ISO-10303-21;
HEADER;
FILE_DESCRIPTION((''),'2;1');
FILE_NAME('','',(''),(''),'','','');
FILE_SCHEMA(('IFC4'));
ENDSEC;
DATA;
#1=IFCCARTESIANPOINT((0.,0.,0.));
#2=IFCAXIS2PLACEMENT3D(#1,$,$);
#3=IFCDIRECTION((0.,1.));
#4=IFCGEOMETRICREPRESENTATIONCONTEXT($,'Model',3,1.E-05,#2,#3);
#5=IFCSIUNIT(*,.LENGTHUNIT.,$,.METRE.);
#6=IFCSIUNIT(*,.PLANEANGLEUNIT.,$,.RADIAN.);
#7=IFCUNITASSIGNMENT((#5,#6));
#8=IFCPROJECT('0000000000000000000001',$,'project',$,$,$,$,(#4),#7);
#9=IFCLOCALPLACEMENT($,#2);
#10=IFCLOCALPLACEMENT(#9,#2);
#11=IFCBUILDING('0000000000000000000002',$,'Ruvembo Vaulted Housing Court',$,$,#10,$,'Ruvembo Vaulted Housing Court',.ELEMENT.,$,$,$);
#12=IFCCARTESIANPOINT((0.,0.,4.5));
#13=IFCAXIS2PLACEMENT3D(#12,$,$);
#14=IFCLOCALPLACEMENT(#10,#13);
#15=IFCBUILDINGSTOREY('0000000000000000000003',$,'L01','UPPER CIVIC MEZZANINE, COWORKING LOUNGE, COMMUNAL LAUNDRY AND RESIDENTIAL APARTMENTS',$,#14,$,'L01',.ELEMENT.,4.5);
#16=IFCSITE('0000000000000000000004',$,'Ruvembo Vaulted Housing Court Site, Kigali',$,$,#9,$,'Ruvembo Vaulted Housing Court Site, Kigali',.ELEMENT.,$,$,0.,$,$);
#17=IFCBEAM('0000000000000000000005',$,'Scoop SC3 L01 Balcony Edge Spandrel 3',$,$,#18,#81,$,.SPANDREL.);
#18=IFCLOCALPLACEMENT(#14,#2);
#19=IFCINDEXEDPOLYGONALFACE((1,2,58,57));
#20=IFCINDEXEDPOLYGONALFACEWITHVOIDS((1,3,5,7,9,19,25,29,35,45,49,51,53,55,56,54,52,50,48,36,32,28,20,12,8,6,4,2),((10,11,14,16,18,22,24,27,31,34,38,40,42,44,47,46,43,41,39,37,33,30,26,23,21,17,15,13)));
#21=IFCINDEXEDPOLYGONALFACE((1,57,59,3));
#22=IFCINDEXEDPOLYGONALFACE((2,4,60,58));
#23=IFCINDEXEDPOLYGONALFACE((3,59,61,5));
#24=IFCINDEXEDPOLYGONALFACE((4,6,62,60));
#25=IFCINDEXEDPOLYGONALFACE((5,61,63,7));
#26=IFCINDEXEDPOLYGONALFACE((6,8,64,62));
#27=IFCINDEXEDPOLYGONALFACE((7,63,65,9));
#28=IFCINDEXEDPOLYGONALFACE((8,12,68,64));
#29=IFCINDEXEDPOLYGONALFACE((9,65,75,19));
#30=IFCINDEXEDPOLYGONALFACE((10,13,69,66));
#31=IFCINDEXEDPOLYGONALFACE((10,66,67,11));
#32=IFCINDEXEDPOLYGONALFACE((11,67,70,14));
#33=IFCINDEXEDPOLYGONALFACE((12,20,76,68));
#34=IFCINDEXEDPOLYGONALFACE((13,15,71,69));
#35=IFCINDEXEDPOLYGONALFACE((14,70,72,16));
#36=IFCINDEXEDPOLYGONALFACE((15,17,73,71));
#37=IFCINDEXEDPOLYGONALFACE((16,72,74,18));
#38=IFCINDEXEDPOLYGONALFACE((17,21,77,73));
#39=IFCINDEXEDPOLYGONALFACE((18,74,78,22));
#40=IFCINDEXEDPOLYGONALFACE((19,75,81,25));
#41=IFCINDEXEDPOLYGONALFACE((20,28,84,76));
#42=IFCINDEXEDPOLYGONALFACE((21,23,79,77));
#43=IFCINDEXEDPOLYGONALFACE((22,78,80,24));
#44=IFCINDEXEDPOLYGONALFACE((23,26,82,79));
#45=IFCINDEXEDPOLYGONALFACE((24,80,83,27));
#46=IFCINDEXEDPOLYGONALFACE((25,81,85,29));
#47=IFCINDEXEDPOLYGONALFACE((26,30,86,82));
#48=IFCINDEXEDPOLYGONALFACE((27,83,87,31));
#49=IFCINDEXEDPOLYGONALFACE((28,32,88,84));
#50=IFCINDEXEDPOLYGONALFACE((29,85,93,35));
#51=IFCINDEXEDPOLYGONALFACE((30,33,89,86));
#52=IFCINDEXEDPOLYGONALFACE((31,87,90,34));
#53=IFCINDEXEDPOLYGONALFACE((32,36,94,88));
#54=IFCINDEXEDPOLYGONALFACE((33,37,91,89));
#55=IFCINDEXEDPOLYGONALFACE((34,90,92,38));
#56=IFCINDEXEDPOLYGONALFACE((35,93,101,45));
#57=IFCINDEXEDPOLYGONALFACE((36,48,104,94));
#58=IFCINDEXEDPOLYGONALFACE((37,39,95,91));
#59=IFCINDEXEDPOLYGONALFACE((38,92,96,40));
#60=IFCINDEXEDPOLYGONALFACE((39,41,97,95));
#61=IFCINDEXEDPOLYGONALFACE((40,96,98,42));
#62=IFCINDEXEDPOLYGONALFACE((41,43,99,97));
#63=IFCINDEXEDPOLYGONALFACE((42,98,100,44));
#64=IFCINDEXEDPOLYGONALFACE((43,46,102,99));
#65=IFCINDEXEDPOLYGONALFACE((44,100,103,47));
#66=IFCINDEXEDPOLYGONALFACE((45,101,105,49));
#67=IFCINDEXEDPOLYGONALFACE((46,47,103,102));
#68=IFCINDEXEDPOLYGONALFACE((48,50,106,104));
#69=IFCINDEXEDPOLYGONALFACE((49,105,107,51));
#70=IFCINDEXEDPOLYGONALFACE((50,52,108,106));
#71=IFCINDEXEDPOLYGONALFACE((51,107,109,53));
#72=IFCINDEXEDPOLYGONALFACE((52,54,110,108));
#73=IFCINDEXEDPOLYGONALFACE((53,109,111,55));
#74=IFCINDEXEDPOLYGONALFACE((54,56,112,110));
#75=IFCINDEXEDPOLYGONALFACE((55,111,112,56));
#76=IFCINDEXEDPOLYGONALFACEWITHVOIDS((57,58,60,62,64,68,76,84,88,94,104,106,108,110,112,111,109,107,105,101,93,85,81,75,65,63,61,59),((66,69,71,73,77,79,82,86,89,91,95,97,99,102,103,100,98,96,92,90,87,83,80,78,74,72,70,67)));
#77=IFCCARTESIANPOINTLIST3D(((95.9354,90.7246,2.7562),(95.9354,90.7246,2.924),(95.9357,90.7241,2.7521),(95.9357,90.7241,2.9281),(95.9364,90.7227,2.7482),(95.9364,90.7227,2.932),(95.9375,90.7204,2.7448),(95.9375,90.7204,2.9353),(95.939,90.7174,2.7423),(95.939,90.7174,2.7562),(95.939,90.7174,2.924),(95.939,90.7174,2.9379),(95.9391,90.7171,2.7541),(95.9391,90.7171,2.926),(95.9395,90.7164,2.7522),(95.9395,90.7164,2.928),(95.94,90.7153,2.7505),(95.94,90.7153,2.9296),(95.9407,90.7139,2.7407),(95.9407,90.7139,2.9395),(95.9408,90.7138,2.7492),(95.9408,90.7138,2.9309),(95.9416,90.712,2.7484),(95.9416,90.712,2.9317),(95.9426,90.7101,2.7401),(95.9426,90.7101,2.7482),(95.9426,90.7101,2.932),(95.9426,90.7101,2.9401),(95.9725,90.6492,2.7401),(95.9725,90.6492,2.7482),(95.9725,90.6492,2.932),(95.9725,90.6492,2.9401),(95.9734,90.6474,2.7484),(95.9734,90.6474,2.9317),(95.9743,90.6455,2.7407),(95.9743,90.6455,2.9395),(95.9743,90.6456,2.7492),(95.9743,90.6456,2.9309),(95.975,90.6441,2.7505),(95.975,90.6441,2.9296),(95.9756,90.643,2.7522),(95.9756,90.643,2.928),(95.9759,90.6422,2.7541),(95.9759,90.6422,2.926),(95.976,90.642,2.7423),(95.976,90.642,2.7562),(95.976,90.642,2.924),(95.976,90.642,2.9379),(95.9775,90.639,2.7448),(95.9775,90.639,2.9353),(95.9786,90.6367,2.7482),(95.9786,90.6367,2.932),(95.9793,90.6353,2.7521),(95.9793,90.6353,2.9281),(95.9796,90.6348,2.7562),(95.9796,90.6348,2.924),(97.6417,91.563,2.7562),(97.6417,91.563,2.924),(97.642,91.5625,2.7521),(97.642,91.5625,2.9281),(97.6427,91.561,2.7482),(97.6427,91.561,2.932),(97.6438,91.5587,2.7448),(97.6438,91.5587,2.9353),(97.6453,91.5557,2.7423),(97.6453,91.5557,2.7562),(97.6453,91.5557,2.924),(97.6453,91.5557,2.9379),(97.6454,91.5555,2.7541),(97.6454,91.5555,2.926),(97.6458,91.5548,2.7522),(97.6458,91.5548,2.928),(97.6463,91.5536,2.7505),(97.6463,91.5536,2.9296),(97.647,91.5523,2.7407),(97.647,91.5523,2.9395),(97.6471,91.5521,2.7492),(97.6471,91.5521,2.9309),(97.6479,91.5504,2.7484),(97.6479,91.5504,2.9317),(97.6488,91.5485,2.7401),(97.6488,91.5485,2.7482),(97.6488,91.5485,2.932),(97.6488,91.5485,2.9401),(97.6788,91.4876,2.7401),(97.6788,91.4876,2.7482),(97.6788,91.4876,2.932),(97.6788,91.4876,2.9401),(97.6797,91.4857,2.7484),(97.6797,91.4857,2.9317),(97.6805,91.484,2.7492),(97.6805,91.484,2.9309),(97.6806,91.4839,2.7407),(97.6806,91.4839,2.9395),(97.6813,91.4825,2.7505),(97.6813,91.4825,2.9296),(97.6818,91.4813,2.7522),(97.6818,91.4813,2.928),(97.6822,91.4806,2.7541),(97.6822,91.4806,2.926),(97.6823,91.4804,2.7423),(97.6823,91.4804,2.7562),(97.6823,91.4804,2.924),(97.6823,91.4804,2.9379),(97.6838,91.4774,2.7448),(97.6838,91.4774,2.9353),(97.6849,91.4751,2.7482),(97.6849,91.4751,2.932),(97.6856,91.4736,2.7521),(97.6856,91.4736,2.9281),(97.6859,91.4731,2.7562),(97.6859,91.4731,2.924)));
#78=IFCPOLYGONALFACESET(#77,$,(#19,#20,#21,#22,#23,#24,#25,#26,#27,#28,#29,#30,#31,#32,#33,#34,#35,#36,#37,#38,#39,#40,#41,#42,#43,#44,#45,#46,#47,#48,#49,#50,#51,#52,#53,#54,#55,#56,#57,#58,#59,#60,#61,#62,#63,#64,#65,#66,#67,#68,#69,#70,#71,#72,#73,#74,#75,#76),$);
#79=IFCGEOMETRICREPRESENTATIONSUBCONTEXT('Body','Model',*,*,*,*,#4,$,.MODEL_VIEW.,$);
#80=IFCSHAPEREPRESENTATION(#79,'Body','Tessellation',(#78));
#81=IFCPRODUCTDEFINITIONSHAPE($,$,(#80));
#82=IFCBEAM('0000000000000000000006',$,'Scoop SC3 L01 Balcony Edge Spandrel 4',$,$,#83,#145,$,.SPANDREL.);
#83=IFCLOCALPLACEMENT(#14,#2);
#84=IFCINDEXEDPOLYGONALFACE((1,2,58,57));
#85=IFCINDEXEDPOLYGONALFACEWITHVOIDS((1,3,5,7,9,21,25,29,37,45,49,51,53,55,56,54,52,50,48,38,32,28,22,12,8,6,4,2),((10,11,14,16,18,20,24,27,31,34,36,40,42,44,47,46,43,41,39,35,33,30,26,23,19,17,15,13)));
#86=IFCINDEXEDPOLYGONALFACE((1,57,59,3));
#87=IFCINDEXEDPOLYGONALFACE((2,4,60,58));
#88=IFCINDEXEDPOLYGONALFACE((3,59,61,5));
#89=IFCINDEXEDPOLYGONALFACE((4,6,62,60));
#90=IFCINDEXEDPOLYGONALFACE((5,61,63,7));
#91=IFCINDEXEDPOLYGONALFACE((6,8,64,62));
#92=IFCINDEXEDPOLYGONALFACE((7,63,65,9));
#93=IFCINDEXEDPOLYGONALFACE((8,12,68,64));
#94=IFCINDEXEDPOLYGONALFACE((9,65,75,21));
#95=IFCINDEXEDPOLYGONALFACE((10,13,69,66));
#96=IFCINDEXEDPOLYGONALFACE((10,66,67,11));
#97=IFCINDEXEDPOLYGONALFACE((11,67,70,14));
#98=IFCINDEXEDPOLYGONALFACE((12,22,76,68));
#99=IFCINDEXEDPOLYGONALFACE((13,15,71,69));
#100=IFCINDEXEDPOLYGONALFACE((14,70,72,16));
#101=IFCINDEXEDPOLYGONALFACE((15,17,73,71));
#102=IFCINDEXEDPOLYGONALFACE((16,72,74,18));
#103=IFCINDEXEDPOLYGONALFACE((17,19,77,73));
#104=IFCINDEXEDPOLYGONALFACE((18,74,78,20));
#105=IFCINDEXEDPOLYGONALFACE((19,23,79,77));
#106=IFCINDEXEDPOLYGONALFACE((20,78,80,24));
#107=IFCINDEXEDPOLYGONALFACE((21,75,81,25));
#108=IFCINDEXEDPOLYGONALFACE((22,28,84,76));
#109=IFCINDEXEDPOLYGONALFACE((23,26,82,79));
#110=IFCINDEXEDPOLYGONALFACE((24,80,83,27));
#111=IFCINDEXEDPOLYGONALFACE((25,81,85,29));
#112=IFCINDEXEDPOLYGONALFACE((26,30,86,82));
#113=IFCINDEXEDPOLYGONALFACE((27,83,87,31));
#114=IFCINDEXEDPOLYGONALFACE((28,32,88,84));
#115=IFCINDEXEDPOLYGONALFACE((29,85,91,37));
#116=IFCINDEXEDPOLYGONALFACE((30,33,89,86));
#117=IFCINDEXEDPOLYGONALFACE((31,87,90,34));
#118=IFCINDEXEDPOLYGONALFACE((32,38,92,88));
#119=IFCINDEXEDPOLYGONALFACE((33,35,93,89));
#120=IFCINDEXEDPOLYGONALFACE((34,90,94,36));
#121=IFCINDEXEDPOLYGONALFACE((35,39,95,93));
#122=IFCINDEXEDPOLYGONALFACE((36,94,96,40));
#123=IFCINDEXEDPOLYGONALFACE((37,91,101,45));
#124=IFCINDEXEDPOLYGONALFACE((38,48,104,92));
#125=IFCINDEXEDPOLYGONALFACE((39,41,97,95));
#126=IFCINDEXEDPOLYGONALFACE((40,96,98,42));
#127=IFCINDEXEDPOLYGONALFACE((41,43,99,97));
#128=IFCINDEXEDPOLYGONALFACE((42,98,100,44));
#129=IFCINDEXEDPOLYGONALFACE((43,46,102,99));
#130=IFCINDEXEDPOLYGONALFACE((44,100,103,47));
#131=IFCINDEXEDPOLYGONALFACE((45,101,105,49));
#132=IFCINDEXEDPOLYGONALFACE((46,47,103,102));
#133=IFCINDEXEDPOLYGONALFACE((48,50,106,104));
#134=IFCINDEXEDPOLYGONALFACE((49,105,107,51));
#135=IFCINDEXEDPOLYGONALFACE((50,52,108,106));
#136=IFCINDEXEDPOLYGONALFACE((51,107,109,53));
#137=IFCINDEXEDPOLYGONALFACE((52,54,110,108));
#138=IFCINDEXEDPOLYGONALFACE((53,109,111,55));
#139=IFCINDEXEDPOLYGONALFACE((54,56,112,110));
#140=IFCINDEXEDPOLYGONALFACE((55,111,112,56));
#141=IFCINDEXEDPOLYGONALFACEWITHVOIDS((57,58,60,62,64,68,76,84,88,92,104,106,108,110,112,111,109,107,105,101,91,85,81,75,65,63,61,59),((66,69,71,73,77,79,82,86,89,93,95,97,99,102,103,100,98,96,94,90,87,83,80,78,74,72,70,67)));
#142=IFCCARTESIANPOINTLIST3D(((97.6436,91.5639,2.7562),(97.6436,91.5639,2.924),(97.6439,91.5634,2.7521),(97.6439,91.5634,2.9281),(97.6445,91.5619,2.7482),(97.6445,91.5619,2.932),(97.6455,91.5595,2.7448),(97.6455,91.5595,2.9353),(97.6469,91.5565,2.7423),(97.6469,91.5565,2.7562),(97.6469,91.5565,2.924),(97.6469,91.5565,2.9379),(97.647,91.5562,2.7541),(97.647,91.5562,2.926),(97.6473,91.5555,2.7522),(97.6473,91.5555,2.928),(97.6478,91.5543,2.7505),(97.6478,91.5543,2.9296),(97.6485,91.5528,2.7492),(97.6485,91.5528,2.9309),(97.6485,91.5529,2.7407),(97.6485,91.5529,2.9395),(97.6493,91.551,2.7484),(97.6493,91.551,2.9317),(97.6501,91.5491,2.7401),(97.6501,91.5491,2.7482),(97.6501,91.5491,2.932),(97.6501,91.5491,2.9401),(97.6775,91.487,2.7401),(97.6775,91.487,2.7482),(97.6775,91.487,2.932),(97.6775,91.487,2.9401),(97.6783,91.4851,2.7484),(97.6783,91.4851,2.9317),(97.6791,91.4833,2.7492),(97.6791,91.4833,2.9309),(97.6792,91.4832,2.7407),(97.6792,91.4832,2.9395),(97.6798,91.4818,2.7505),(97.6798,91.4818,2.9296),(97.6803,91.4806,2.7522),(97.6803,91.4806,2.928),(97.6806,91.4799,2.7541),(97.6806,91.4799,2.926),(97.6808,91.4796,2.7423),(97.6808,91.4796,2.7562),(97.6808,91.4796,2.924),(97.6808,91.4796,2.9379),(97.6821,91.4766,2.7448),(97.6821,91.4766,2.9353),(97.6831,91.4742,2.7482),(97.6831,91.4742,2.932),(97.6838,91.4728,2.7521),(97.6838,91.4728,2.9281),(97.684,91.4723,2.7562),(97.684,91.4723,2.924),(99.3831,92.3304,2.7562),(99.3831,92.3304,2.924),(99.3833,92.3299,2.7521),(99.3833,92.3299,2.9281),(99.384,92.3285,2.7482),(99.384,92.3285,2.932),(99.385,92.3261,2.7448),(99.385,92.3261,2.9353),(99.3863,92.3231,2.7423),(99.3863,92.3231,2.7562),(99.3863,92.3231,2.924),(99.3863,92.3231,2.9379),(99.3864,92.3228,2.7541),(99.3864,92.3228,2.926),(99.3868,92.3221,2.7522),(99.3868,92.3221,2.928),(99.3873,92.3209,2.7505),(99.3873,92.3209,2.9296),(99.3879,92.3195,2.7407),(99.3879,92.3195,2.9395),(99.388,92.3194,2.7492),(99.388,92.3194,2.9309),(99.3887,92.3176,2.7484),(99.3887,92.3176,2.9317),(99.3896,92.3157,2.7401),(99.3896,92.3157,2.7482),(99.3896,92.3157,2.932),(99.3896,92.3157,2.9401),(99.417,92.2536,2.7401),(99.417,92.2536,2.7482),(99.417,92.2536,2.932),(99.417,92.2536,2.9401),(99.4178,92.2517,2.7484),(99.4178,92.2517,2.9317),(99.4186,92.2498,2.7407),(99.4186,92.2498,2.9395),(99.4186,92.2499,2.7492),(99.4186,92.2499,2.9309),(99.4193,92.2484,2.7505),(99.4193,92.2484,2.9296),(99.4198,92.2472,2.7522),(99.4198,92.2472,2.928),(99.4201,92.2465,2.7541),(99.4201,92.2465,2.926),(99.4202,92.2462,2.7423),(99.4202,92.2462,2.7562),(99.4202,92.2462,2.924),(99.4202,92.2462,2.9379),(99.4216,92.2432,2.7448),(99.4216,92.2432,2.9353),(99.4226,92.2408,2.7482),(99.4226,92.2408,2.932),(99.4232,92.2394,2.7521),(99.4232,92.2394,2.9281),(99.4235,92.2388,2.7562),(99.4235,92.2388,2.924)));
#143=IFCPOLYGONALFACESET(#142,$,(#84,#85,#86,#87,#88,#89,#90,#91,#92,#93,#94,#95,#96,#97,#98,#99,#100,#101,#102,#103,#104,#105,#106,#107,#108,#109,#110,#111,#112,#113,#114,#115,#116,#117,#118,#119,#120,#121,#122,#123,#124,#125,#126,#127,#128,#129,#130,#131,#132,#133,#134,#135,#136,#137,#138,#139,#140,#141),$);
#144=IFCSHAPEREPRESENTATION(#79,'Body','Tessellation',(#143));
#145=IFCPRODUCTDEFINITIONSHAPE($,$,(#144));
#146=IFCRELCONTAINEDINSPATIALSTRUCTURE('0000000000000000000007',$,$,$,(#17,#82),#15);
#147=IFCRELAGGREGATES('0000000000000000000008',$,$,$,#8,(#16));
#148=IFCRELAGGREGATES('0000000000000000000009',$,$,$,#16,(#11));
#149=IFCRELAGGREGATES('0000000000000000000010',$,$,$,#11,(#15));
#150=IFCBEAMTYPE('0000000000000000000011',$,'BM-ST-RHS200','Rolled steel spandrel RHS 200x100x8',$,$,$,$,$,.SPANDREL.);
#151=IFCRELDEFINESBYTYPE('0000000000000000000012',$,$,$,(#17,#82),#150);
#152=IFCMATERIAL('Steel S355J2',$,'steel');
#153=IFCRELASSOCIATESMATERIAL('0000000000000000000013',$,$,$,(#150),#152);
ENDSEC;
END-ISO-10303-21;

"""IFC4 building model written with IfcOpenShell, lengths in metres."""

from ifc_helpers import new_model, si_unit, direction, frame, origin, origin_2d, place, context, subcontext, project, spatial, hollow_rectangle, extrude, material, material_profile, profile_set, type_object, element, save


model = new_model("IFC4")

# Units and contexts
model_context = context("Model", 3, precision=1e-05, world=origin(), true_north=direction((0.0, 1.0)))
body_context = subcontext(model_context, "Body", "Model", "MODEL_VIEW")
ifc_project = project(units=[si_unit("LENGTHUNIT", "METRE"), si_unit("PLANEANGLEUNIT", "RADIAN")], contexts=[model_context])

# Site, building, storey
site_placement = place(None, origin())
site = spatial("IfcSite", under=ifc_project, at=site_placement, Name="Ruvembo Vaulted Housing Court Site, Kigali", LongName="Ruvembo Vaulted Housing Court Site, Kigali", CompositionType="ELEMENT", RefElevation=0.0)
building_placement = place(site_placement, origin())
building = spatial("IfcBuilding", under=site, at=building_placement, Name="Ruvembo Vaulted Housing Court", LongName="Ruvembo Vaulted Housing Court", CompositionType="ELEMENT")
storey_placement = place(building_placement, frame((0.0, 0.0, 4.5)))
storey = spatial("IfcBuildingStorey", under=building, at=storey_placement, Name="L01", Description="UPPER CIVIC MEZZANINE, COWORKING LOUNGE, COMMUNAL LAUNDRY AND RESIDENTIAL APARTMENTS", LongName="L01", CompositionType="ELEMENT", Elevation=4.5)

# Beams
ifc_material_1 = material(Name="Steel S355J2", Category="steel")
ifc_material_profile_1 = material_profile(ifc_material_1, hollow_rectangle(XDim=0.1001, YDim=0.2, WallThickness=0.0081, InnerFilletRadius=0.0081, OuterFilletRadius=0.0161, at=origin_2d()), Name="RHS 200x100x8")
ifc_profile_set_1 = profile_set([ifc_material_profile_1], Name="Steel S355J2")
beam_type = type_object("IfcBeamType", Name="BM-ST-RHS200", Description="Rolled steel spandrel RHS 200x100x8", PredefinedType="SPANDREL", material=ifc_profile_set_1)
beam_placement = place(storey_placement, frame((95.9575, 90.6797, 2.8401), z_axis=(0.897513, 0.440987, 0.0), x_axis=(-0.440987, 0.897513, 0.0)))
element("IfcBeam", 1, at=beam_placement, inside=storey, type_object=beam_type, Name="Scoop SC3 L01 Balcony Edge Spandrel 3", PredefinedType="SPANDREL", context=body_context, shape_type="SweptSolid", body=[
    extrude(hollow_rectangle(XDim=0.1001, YDim=0.2, WallThickness=0.0081, InnerFilletRadius=0.0081, OuterFilletRadius=0.0161, at=origin_2d()), origin(), (0.0, 0.0, 1.0), 1.9011),
])
for number, where, z_axis, x_axis, name in (
    (2, (97.6638, 91.5181, 2.8401), (0.915078, 0.403277, 0.0), (-0.403277, 0.915078, 0.0), "Scoop SC3 L01 Balcony Edge Spandrel 4"),
):
    element("IfcBeam", number, at=place(storey_placement, frame(where, z_axis=z_axis, x_axis=x_axis)), inside=storey, type_object=beam_type, Name=name, PredefinedType="SPANDREL", context=body_context, shape_type="SweptSolid", body=[
        extrude(hollow_rectangle(XDim=0.1001, YDim=0.2, WallThickness=0.0081, InnerFilletRadius=0.0081, OuterFilletRadius=0.0161, at=origin_2d()), origin(), (0.0, 0.0, 1.0), 1.9009),
    ])

save(model, "model.ifc")
